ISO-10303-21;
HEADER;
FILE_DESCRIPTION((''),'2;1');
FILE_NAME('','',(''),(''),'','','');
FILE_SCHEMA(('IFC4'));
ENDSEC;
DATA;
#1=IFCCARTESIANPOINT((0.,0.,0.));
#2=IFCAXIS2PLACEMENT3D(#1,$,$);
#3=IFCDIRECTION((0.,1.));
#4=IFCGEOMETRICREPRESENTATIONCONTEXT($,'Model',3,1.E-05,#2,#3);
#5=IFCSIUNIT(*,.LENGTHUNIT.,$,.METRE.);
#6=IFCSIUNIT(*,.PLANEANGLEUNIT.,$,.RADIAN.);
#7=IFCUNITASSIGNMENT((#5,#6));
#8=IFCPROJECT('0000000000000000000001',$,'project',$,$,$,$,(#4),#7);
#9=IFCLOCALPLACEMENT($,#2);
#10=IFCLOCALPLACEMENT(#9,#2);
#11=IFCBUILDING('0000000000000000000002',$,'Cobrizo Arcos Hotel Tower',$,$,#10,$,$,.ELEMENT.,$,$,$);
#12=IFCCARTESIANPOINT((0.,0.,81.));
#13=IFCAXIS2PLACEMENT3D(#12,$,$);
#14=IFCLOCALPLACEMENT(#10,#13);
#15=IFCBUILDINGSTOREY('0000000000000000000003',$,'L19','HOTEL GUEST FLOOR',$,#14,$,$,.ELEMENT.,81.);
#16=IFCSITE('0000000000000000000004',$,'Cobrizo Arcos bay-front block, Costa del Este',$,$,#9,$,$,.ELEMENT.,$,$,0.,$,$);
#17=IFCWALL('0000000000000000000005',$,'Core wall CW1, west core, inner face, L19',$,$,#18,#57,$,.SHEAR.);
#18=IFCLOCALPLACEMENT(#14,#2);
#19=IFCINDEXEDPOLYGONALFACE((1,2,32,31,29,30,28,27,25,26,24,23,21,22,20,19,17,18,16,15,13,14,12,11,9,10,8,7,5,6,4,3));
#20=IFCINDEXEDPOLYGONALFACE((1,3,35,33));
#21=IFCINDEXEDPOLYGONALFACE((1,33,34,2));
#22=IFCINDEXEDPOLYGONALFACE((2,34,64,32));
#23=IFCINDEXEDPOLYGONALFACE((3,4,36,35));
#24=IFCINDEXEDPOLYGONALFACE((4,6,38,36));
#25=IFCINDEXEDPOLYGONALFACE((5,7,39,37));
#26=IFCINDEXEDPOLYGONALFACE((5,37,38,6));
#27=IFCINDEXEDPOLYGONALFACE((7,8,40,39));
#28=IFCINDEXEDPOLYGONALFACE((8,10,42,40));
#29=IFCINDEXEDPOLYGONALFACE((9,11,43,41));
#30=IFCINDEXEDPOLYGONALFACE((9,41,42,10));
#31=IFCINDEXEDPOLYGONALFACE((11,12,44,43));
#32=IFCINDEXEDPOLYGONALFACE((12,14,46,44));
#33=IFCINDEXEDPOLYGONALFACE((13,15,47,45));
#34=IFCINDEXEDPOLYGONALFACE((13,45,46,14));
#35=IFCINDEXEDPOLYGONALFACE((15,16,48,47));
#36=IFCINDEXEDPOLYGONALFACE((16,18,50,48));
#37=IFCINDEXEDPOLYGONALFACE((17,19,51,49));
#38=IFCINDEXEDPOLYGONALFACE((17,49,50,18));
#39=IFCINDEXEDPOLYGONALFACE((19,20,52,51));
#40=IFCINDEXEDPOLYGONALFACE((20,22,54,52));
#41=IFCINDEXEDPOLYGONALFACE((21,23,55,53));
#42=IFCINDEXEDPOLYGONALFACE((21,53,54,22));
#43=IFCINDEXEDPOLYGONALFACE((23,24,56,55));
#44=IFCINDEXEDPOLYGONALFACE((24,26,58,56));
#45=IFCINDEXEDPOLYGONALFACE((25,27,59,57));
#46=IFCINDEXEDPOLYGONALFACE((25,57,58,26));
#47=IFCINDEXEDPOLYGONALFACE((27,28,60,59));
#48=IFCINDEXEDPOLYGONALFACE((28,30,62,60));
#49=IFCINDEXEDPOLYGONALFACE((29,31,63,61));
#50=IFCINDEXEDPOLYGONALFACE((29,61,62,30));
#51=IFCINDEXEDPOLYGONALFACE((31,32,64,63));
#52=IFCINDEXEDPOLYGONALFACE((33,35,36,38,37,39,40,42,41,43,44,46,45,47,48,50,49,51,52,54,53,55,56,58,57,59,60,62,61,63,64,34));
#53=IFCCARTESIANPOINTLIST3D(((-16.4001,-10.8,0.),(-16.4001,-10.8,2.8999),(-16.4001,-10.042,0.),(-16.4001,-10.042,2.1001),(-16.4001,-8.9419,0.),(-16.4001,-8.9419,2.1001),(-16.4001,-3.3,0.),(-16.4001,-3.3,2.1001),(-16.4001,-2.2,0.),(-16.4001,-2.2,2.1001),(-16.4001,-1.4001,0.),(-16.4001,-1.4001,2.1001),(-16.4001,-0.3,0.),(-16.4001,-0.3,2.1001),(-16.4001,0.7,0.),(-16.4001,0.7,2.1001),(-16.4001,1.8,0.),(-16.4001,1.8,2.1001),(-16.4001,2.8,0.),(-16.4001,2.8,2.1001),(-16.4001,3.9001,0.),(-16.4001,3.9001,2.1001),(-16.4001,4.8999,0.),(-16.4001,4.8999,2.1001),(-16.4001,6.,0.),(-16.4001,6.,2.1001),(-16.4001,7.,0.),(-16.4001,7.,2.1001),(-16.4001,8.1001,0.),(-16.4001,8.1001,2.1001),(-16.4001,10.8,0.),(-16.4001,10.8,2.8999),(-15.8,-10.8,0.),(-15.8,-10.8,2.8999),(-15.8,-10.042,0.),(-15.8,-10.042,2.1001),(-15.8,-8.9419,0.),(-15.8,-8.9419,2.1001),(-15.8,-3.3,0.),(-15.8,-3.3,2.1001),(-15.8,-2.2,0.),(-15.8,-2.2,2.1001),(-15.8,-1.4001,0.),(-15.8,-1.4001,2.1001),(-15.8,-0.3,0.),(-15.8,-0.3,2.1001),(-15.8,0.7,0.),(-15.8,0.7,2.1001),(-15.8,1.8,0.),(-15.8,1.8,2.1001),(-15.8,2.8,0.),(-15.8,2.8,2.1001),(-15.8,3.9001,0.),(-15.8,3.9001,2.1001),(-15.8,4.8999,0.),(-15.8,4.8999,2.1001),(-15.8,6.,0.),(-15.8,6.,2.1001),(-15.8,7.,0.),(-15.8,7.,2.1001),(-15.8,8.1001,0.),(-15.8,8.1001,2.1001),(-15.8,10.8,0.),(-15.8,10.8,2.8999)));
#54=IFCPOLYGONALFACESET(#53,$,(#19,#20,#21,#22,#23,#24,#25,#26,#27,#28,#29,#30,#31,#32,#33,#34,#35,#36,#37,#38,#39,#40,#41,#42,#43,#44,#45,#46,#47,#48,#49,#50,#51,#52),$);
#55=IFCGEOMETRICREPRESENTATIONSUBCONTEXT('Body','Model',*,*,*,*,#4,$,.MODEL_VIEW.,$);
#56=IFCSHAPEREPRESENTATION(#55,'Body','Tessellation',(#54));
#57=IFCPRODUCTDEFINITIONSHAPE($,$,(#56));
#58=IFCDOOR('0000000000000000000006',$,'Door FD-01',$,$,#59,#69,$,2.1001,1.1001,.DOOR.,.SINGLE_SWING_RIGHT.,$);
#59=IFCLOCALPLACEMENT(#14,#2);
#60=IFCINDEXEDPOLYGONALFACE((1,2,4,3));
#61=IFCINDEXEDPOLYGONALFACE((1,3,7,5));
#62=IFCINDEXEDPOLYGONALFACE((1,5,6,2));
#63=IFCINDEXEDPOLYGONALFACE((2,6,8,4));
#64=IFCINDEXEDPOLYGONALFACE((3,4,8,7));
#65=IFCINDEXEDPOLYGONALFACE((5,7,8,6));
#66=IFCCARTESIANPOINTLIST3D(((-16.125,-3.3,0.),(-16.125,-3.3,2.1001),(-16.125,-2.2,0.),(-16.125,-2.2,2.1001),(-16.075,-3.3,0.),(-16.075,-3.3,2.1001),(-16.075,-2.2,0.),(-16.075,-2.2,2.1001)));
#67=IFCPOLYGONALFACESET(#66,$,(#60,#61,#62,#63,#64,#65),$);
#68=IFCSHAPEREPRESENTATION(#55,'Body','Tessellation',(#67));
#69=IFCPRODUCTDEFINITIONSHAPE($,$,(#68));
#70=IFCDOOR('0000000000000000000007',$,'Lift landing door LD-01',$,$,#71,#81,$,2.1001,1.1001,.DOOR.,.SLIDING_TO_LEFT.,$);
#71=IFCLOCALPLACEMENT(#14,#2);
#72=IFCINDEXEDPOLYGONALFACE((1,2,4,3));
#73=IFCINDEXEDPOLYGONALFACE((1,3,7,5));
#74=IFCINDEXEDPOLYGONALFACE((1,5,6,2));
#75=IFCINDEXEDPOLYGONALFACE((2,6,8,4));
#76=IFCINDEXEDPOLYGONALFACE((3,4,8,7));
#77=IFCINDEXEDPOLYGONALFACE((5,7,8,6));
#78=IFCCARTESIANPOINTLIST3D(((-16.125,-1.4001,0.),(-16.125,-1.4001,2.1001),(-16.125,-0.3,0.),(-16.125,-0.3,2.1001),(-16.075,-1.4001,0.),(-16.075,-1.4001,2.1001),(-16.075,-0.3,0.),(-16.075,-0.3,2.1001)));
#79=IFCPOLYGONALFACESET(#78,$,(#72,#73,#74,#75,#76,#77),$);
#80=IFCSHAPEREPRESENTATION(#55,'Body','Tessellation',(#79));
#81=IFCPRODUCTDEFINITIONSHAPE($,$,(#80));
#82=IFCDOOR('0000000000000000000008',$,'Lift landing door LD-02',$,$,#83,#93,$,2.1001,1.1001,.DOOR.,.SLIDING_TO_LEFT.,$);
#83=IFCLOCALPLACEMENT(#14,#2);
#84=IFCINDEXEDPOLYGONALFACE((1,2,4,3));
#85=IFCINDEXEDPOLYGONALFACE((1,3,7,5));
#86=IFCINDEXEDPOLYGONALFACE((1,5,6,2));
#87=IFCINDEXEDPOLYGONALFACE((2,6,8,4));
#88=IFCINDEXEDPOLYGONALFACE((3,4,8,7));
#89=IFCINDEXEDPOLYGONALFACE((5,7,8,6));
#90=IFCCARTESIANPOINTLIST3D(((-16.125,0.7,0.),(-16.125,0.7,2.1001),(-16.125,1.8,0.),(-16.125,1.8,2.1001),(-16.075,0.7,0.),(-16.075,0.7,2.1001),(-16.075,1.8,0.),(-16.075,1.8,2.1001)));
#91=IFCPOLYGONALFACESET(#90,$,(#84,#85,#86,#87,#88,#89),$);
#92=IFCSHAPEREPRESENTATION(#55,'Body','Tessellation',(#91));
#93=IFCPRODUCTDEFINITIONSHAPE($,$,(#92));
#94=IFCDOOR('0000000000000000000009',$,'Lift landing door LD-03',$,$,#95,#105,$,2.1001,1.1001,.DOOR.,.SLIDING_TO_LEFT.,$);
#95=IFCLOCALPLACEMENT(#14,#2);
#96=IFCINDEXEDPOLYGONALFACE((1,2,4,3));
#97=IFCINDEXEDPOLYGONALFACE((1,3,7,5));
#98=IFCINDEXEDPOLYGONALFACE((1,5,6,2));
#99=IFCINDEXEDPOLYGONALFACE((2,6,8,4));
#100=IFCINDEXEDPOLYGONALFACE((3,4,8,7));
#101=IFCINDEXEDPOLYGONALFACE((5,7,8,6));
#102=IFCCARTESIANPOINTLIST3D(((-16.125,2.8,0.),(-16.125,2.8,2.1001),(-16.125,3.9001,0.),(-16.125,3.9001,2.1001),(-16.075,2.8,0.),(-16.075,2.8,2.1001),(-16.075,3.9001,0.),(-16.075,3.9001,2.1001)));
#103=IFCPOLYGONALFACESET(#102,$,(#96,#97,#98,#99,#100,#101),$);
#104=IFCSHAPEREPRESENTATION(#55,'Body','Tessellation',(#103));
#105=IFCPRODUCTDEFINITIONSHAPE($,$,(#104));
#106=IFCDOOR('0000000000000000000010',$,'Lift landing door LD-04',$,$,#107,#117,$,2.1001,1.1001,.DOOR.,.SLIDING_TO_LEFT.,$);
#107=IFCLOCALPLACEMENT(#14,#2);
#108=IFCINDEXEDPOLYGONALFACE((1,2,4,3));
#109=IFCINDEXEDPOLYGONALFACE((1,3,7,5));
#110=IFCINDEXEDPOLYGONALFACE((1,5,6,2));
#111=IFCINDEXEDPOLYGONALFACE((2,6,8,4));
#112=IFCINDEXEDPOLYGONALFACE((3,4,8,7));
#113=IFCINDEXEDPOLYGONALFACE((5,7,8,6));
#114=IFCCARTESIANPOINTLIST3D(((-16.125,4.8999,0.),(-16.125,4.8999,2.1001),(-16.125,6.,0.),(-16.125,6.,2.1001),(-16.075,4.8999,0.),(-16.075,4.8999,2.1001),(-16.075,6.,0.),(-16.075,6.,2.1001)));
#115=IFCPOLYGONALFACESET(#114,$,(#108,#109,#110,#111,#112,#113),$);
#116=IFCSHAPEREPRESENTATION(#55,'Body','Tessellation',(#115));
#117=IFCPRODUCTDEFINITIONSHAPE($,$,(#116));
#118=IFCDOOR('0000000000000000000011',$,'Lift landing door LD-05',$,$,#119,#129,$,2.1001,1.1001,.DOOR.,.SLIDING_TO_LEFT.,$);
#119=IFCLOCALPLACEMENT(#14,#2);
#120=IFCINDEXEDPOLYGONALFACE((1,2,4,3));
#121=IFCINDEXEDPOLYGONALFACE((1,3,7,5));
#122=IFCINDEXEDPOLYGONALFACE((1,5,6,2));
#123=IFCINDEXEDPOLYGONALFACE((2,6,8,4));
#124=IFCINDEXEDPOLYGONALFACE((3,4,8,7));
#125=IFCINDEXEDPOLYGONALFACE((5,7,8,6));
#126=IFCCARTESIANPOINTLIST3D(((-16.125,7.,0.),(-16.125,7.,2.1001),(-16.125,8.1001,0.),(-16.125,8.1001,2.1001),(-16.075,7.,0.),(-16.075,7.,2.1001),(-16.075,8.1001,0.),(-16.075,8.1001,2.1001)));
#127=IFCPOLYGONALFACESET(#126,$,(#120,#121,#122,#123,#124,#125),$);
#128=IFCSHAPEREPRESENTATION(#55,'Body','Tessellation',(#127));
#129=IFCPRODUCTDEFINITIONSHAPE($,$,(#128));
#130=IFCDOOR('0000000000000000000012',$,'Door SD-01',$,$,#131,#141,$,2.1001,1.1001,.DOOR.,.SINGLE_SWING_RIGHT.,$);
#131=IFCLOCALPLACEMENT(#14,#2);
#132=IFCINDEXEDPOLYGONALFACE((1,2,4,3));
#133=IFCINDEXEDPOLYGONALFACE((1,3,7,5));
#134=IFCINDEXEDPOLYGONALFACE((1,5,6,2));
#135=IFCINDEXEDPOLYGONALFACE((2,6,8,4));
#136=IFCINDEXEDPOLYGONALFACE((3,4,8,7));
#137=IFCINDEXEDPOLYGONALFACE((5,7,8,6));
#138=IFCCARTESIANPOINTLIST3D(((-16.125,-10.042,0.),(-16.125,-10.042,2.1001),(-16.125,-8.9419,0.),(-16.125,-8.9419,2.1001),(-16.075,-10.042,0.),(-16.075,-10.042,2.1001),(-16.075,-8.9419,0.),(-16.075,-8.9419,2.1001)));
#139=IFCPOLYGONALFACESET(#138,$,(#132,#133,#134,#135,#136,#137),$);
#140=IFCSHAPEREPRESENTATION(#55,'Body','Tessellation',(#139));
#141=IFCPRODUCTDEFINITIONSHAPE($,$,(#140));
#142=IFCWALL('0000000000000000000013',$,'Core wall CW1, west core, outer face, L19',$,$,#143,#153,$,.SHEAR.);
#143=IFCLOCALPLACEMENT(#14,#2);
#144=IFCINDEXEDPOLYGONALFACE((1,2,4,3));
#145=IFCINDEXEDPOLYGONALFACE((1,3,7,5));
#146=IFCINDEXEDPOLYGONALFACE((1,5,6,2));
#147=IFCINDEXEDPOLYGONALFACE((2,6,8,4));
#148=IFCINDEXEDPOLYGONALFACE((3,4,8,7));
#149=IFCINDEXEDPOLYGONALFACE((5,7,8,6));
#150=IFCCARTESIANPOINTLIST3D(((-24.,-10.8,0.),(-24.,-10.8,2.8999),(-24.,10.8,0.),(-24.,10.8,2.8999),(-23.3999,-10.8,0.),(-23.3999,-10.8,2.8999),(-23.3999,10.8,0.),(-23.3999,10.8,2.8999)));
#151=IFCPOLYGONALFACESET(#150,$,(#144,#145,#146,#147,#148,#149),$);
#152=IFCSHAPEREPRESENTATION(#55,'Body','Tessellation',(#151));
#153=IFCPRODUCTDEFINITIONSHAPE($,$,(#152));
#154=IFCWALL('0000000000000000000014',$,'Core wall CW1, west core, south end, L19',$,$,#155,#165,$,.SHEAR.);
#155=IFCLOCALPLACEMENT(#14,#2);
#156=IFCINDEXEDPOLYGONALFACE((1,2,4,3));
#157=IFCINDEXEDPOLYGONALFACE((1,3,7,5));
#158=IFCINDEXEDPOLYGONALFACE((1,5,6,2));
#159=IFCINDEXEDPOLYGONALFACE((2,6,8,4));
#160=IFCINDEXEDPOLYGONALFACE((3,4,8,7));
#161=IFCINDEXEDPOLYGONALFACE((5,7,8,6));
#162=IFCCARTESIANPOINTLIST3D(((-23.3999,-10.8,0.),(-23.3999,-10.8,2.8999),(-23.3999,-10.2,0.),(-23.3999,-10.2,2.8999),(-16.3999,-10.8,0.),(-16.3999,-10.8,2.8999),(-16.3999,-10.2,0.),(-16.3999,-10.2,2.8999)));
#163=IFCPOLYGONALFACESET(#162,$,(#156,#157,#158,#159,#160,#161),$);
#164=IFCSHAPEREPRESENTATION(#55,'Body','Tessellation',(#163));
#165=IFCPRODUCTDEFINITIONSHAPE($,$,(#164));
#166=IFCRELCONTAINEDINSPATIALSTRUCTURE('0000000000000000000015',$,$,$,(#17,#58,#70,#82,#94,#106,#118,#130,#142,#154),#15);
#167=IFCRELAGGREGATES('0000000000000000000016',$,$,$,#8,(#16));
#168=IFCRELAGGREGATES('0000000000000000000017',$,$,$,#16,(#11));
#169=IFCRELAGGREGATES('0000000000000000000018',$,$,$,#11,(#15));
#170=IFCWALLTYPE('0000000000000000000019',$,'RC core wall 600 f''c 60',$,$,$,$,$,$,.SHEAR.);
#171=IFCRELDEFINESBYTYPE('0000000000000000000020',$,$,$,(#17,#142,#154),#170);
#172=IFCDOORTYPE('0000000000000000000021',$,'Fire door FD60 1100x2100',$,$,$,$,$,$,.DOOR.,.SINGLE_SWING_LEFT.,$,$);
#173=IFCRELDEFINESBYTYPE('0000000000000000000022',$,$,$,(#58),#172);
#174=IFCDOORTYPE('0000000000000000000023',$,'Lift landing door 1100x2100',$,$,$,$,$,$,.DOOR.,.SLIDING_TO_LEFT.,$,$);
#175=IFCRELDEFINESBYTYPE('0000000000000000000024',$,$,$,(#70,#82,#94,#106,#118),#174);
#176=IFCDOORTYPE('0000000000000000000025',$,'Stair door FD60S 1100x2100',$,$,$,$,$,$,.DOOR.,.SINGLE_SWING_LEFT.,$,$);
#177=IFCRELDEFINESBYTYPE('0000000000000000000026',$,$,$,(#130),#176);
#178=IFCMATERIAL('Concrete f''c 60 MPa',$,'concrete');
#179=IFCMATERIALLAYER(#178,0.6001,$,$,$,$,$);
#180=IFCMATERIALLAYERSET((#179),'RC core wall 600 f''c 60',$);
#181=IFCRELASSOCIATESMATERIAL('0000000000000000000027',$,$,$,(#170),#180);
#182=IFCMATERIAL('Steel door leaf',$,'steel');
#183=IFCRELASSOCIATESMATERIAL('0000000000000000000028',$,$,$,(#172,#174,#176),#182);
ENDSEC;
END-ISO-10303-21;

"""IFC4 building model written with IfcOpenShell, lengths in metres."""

from ifc_helpers import new_model, si_unit, direction, frame, frame_2d, origin, place, context, subcontext, project, spatial, rectangle, extrude, material, layer, layer_set, type_object, element, fill, save


model = new_model("IFC4")

# Units and contexts
model_context = context("Model", 3, precision=1e-05, world=origin(), true_north=direction((0.0, 1.0)))
body_context = subcontext(model_context, "Body", "Model", "MODEL_VIEW")
ifc_project = project(units=[si_unit("LENGTHUNIT", "METRE"), si_unit("PLANEANGLEUNIT", "RADIAN")], contexts=[model_context])

# Site, building, storey
site_placement = place(None, origin())
site = spatial("IfcSite", under=ifc_project, at=site_placement, Name="Cobrizo Arcos bay-front block, Costa del Este", CompositionType="ELEMENT", RefElevation=0.0)
building_placement = place(site_placement, origin())
building = spatial("IfcBuilding", under=site, at=building_placement, Name="Cobrizo Arcos Hotel Tower", CompositionType="ELEMENT")
storey_placement = place(building_placement, frame((0.0, 0.0, 81.0)))
storey = spatial("IfcBuildingStorey", under=building, at=storey_placement, Name="L19", Description="HOTEL GUEST FLOOR", CompositionType="ELEMENT", Elevation=81.0)

# Wall, openings, doors
ifc_material_1 = material(Name="Concrete f'c 60 MPa", Category="concrete")
ifc_layer_1 = layer(ifc_material_1, 0.6001)
ifc_layer_set_1 = layer_set([ifc_layer_1], Name="RC core wall 600 f'c 60")
wall_type_1 = type_object("IfcWallType", Name="RC core wall 600 f'c 60", PredefinedType="SHEAR", material=ifc_layer_set_1)
wall_1_placement = place(storey_placement, frame((-16.1001, -10.8, 0.0), z_axis=(0.0, 0.0, 1.0), x_axis=(0.0, 1.0, 0.0)))
wall_1 = element("IfcWall", 1, at=wall_1_placement, inside=storey, type_object=wall_type_1, Name="Core wall CW1, west core, inner face, L19", PredefinedType="SHEAR", context=body_context, shape_type="SweptSolid", body=[
    extrude(rectangle(XDim=21.6001, YDim=0.6001, at=frame_2d((10.8, 0.0))), origin(), (0.0, 0.0, 1.0), 2.8999),
])
opening_1_placement = place(wall_1_placement, frame((9.3999, 0.0, 0.0)))
opening_1 = element("IfcOpeningElement", 2, at=opening_1_placement, cuts=wall_1, PredefinedType="OPENING", context=body_context, shape_type="SweptSolid", body=[
    extrude(rectangle(XDim=1.1001, YDim=2.1001, at=frame_2d((0.55, 1.05))), frame((0.0, 0.312, 0.0), z_axis=(0.0, -1.0, 0.0), x_axis=(1.0, 0.0, 0.0)), (0.0, 0.0, 1.0), 0.624),
])
opening_2_placement = place(wall_1_placement, frame((11.5, 0.0, 0.0)))
opening_2 = element("IfcOpeningElement", 3, at=opening_2_placement, cuts=wall_1, PredefinedType="OPENING", context=body_context, shape_type="SweptSolid", body=[
    extrude(rectangle(XDim=1.1001, YDim=2.1001, at=frame_2d((0.55, 1.05))), frame((0.0, 0.312, 0.0), z_axis=(0.0, -1.0, 0.0), x_axis=(1.0, 0.0, 0.0)), (0.0, 0.0, 1.0), 0.624),
])
opening_3_placement = place(wall_1_placement, frame((13.6001, 0.0, 0.0)))
opening_3 = element("IfcOpeningElement", 4, at=opening_3_placement, cuts=wall_1, PredefinedType="OPENING", context=body_context, shape_type="SweptSolid", body=[
    extrude(rectangle(XDim=1.1001, YDim=2.1001, at=frame_2d((0.55, 1.05))), frame((0.0, 0.312, 0.0), z_axis=(0.0, -1.0, 0.0), x_axis=(1.0, 0.0, 0.0)), (0.0, 0.0, 1.0), 0.624),
])
opening_4_placement = place(wall_1_placement, frame((15.7, 0.0, 0.0)))
opening_4 = element("IfcOpeningElement", 5, at=opening_4_placement, cuts=wall_1, PredefinedType="OPENING", context=body_context, shape_type="SweptSolid", body=[
    extrude(rectangle(XDim=1.1001, YDim=2.1001, at=frame_2d((0.55, 1.05))), frame((0.0, 0.312, 0.0), z_axis=(0.0, -1.0, 0.0), x_axis=(1.0, 0.0, 0.0)), (0.0, 0.0, 1.0), 0.624),
])
opening_5_placement = place(wall_1_placement, frame((17.8, 0.0, 0.0)))
opening_5 = element("IfcOpeningElement", 6, at=opening_5_placement, cuts=wall_1, PredefinedType="OPENING", context=body_context, shape_type="SweptSolid", body=[
    extrude(rectangle(XDim=1.1001, YDim=2.1001, at=frame_2d((0.55, 1.05))), frame((0.0, 0.312, 0.0), z_axis=(0.0, -1.0, 0.0), x_axis=(1.0, 0.0, 0.0)), (0.0, 0.0, 1.0), 0.624),
])
opening_6_placement = place(wall_1_placement, frame((0.7581, 0.0, 0.0)))
opening_6 = element("IfcOpeningElement", 7, at=opening_6_placement, cuts=wall_1, PredefinedType="OPENING", context=body_context, shape_type="SweptSolid", body=[
    extrude(rectangle(XDim=1.1001, YDim=2.1001, at=frame_2d((0.55, 1.05))), frame((0.0, 0.312, 0.0), z_axis=(0.0, -1.0, 0.0), x_axis=(1.0, 0.0, 0.0)), (0.0, 0.0, 1.0), 0.624),
])
opening_7_placement = place(wall_1_placement, frame((7.5, 0.0, 0.0)))
opening_7 = element("IfcOpeningElement", 8, at=opening_7_placement, cuts=wall_1, PredefinedType="OPENING", context=body_context, shape_type="SweptSolid", body=[
    extrude(rectangle(XDim=1.1001, YDim=2.1001, at=frame_2d((0.55, 1.05))), frame((0.0, 0.312, 0.0), z_axis=(0.0, -1.0, 0.0), x_axis=(1.0, 0.0, 0.0)), (0.0, 0.0, 1.0), 0.624),
])
ifc_material_2 = material(Name="Steel door leaf", Category="steel")
door_type_1 = type_object("IfcDoorType", Name="Fire door FD60 1100x2100", OperationType="SINGLE_SWING_LEFT", PredefinedType="DOOR", material=ifc_material_2)
door_1_placement = place(opening_7_placement, origin())
door_1 = element("IfcDoor", 9, at=door_1_placement, inside=storey, type_object=door_type_1, Name="Door FD-01", OperationType="SINGLE_SWING_RIGHT", OverallHeight=2.1001, OverallWidth=1.1001, PredefinedType="DOOR", context=body_context, shape_type="SweptSolid", body=[
    extrude(rectangle(XDim=1.1001, YDim=2.1001, at=frame_2d((0.55, 1.05))), frame((0.0, 0.0249, 0.0), z_axis=(0.0, -1.0, 0.0), x_axis=(1.0, 0.0, 0.0)), (0.0, 0.0, 1.0), 0.05),
])
fill(opening_7, door_1)
door_type_2 = type_object("IfcDoorType", Name="Lift landing door 1100x2100", OperationType="SLIDING_TO_LEFT", PredefinedType="DOOR", material=ifc_material_2)
door_2_placement = place(opening_1_placement, origin())
door_2 = element("IfcDoor", 10, at=door_2_placement, inside=storey, type_object=door_type_2, Name="Lift landing door LD-01", OperationType="SLIDING_TO_LEFT", OverallHeight=2.1001, OverallWidth=1.1001, PredefinedType="DOOR", context=body_context, shape_type="SweptSolid", body=[
    extrude(rectangle(XDim=1.1001, YDim=2.1001, at=frame_2d((0.55, 1.05))), frame((0.0, 0.0249, 0.0), z_axis=(0.0, -1.0, 0.0), x_axis=(1.0, 0.0, 0.0)), (0.0, 0.0, 1.0), 0.05),
])
fill(opening_1, door_2)
door_3_placement = place(opening_2_placement, origin())
door_3 = element("IfcDoor", 11, at=door_3_placement, inside=storey, type_object=door_type_2, Name="Lift landing door LD-02", OperationType="SLIDING_TO_LEFT", OverallHeight=2.1001, OverallWidth=1.1001, PredefinedType="DOOR", context=body_context, shape_type="SweptSolid", body=[
    extrude(rectangle(XDim=1.1001, YDim=2.1001, at=frame_2d((0.55, 1.05))), frame((0.0, 0.0249, 0.0), z_axis=(0.0, -1.0, 0.0), x_axis=(1.0, 0.0, 0.0)), (0.0, 0.0, 1.0), 0.05),
])
fill(opening_2, door_3)
door_4_placement = place(opening_3_placement, origin())
door_4 = element("IfcDoor", 12, at=door_4_placement, inside=storey, type_object=door_type_2, Name="Lift landing door LD-03", OperationType="SLIDING_TO_LEFT", OverallHeight=2.1001, OverallWidth=1.1001, PredefinedType="DOOR", context=body_context, shape_type="SweptSolid", body=[
    extrude(rectangle(XDim=1.1001, YDim=2.1001, at=frame_2d((0.55, 1.05))), frame((0.0, 0.0249, 0.0), z_axis=(0.0, -1.0, 0.0), x_axis=(1.0, 0.0, 0.0)), (0.0, 0.0, 1.0), 0.05),
])
fill(opening_3, door_4)
door_5_placement = place(opening_4_placement, origin())
door_5 = element("IfcDoor", 13, at=door_5_placement, inside=storey, type_object=door_type_2, Name="Lift landing door LD-04", OperationType="SLIDING_TO_LEFT", OverallHeight=2.1001, OverallWidth=1.1001, PredefinedType="DOOR", context=body_context, shape_type="SweptSolid", body=[
    extrude(rectangle(XDim=1.1001, YDim=2.1001, at=frame_2d((0.55, 1.05))), frame((0.0, 0.0249, 0.0), z_axis=(0.0, -1.0, 0.0), x_axis=(1.0, 0.0, 0.0)), (0.0, 0.0, 1.0), 0.05),
])
fill(opening_4, door_5)
door_6_placement = place(opening_5_placement, origin())
door_6 = element("IfcDoor", 14, at=door_6_placement, inside=storey, type_object=door_type_2, Name="Lift landing door LD-05", OperationType="SLIDING_TO_LEFT", OverallHeight=2.1001, OverallWidth=1.1001, PredefinedType="DOOR", context=body_context, shape_type="SweptSolid", body=[
    extrude(rectangle(XDim=1.1001, YDim=2.1001, at=frame_2d((0.55, 1.05))), frame((0.0, 0.0249, 0.0), z_axis=(0.0, -1.0, 0.0), x_axis=(1.0, 0.0, 0.0)), (0.0, 0.0, 1.0), 0.05),
])
fill(opening_5, door_6)
door_type_3 = type_object("IfcDoorType", Name="Stair door FD60S 1100x2100", OperationType="SINGLE_SWING_LEFT", PredefinedType="DOOR", material=ifc_material_2)
door_7_placement = place(opening_6_placement, origin())
door_7 = element("IfcDoor", 15, at=door_7_placement, inside=storey, type_object=door_type_3, Name="Door SD-01", OperationType="SINGLE_SWING_RIGHT", OverallHeight=2.1001, OverallWidth=1.1001, PredefinedType="DOOR", context=body_context, shape_type="SweptSolid", body=[
    extrude(rectangle(XDim=1.1001, YDim=2.1001, at=frame_2d((0.55, 1.05))), frame((0.0, 0.0249, 0.0), z_axis=(0.0, -1.0, 0.0), x_axis=(1.0, 0.0, 0.0)), (0.0, 0.0, 1.0), 0.05),
])
fill(opening_6, door_7)

# Walls
wall_2_placement = place(storey_placement, frame((-23.7, -10.8, 0.0), z_axis=(0.0, 0.0, 1.0), x_axis=(0.0, 1.0, 0.0)))
element("IfcWall", 16, at=wall_2_placement, inside=storey, type_object=wall_type_1, Name="Core wall CW1, west core, outer face, L19", PredefinedType="SHEAR", context=body_context, shape_type="SweptSolid", body=[
    extrude(rectangle(XDim=21.6001, YDim=0.6001, at=frame_2d((10.8, 0.0))), origin(), (0.0, 0.0, 1.0), 2.8999),
])
wall_3_placement = place(storey_placement, frame((-23.3999, -10.5, 0.0), z_axis=(0.0, 0.0, 1.0), x_axis=(1.0, 0.0, 0.0)))
element("IfcWall", 17, at=wall_3_placement, inside=storey, type_object=wall_type_1, Name="Core wall CW1, west core, south end, L19", PredefinedType="SHEAR", context=body_context, shape_type="SweptSolid", body=[
    extrude(rectangle(XDim=7.0, YDim=0.6001, at=frame_2d((3.5, 0.0))), origin(), (0.0, 0.0, 1.0), 2.8999),
])

save(model, "model.ifc")
